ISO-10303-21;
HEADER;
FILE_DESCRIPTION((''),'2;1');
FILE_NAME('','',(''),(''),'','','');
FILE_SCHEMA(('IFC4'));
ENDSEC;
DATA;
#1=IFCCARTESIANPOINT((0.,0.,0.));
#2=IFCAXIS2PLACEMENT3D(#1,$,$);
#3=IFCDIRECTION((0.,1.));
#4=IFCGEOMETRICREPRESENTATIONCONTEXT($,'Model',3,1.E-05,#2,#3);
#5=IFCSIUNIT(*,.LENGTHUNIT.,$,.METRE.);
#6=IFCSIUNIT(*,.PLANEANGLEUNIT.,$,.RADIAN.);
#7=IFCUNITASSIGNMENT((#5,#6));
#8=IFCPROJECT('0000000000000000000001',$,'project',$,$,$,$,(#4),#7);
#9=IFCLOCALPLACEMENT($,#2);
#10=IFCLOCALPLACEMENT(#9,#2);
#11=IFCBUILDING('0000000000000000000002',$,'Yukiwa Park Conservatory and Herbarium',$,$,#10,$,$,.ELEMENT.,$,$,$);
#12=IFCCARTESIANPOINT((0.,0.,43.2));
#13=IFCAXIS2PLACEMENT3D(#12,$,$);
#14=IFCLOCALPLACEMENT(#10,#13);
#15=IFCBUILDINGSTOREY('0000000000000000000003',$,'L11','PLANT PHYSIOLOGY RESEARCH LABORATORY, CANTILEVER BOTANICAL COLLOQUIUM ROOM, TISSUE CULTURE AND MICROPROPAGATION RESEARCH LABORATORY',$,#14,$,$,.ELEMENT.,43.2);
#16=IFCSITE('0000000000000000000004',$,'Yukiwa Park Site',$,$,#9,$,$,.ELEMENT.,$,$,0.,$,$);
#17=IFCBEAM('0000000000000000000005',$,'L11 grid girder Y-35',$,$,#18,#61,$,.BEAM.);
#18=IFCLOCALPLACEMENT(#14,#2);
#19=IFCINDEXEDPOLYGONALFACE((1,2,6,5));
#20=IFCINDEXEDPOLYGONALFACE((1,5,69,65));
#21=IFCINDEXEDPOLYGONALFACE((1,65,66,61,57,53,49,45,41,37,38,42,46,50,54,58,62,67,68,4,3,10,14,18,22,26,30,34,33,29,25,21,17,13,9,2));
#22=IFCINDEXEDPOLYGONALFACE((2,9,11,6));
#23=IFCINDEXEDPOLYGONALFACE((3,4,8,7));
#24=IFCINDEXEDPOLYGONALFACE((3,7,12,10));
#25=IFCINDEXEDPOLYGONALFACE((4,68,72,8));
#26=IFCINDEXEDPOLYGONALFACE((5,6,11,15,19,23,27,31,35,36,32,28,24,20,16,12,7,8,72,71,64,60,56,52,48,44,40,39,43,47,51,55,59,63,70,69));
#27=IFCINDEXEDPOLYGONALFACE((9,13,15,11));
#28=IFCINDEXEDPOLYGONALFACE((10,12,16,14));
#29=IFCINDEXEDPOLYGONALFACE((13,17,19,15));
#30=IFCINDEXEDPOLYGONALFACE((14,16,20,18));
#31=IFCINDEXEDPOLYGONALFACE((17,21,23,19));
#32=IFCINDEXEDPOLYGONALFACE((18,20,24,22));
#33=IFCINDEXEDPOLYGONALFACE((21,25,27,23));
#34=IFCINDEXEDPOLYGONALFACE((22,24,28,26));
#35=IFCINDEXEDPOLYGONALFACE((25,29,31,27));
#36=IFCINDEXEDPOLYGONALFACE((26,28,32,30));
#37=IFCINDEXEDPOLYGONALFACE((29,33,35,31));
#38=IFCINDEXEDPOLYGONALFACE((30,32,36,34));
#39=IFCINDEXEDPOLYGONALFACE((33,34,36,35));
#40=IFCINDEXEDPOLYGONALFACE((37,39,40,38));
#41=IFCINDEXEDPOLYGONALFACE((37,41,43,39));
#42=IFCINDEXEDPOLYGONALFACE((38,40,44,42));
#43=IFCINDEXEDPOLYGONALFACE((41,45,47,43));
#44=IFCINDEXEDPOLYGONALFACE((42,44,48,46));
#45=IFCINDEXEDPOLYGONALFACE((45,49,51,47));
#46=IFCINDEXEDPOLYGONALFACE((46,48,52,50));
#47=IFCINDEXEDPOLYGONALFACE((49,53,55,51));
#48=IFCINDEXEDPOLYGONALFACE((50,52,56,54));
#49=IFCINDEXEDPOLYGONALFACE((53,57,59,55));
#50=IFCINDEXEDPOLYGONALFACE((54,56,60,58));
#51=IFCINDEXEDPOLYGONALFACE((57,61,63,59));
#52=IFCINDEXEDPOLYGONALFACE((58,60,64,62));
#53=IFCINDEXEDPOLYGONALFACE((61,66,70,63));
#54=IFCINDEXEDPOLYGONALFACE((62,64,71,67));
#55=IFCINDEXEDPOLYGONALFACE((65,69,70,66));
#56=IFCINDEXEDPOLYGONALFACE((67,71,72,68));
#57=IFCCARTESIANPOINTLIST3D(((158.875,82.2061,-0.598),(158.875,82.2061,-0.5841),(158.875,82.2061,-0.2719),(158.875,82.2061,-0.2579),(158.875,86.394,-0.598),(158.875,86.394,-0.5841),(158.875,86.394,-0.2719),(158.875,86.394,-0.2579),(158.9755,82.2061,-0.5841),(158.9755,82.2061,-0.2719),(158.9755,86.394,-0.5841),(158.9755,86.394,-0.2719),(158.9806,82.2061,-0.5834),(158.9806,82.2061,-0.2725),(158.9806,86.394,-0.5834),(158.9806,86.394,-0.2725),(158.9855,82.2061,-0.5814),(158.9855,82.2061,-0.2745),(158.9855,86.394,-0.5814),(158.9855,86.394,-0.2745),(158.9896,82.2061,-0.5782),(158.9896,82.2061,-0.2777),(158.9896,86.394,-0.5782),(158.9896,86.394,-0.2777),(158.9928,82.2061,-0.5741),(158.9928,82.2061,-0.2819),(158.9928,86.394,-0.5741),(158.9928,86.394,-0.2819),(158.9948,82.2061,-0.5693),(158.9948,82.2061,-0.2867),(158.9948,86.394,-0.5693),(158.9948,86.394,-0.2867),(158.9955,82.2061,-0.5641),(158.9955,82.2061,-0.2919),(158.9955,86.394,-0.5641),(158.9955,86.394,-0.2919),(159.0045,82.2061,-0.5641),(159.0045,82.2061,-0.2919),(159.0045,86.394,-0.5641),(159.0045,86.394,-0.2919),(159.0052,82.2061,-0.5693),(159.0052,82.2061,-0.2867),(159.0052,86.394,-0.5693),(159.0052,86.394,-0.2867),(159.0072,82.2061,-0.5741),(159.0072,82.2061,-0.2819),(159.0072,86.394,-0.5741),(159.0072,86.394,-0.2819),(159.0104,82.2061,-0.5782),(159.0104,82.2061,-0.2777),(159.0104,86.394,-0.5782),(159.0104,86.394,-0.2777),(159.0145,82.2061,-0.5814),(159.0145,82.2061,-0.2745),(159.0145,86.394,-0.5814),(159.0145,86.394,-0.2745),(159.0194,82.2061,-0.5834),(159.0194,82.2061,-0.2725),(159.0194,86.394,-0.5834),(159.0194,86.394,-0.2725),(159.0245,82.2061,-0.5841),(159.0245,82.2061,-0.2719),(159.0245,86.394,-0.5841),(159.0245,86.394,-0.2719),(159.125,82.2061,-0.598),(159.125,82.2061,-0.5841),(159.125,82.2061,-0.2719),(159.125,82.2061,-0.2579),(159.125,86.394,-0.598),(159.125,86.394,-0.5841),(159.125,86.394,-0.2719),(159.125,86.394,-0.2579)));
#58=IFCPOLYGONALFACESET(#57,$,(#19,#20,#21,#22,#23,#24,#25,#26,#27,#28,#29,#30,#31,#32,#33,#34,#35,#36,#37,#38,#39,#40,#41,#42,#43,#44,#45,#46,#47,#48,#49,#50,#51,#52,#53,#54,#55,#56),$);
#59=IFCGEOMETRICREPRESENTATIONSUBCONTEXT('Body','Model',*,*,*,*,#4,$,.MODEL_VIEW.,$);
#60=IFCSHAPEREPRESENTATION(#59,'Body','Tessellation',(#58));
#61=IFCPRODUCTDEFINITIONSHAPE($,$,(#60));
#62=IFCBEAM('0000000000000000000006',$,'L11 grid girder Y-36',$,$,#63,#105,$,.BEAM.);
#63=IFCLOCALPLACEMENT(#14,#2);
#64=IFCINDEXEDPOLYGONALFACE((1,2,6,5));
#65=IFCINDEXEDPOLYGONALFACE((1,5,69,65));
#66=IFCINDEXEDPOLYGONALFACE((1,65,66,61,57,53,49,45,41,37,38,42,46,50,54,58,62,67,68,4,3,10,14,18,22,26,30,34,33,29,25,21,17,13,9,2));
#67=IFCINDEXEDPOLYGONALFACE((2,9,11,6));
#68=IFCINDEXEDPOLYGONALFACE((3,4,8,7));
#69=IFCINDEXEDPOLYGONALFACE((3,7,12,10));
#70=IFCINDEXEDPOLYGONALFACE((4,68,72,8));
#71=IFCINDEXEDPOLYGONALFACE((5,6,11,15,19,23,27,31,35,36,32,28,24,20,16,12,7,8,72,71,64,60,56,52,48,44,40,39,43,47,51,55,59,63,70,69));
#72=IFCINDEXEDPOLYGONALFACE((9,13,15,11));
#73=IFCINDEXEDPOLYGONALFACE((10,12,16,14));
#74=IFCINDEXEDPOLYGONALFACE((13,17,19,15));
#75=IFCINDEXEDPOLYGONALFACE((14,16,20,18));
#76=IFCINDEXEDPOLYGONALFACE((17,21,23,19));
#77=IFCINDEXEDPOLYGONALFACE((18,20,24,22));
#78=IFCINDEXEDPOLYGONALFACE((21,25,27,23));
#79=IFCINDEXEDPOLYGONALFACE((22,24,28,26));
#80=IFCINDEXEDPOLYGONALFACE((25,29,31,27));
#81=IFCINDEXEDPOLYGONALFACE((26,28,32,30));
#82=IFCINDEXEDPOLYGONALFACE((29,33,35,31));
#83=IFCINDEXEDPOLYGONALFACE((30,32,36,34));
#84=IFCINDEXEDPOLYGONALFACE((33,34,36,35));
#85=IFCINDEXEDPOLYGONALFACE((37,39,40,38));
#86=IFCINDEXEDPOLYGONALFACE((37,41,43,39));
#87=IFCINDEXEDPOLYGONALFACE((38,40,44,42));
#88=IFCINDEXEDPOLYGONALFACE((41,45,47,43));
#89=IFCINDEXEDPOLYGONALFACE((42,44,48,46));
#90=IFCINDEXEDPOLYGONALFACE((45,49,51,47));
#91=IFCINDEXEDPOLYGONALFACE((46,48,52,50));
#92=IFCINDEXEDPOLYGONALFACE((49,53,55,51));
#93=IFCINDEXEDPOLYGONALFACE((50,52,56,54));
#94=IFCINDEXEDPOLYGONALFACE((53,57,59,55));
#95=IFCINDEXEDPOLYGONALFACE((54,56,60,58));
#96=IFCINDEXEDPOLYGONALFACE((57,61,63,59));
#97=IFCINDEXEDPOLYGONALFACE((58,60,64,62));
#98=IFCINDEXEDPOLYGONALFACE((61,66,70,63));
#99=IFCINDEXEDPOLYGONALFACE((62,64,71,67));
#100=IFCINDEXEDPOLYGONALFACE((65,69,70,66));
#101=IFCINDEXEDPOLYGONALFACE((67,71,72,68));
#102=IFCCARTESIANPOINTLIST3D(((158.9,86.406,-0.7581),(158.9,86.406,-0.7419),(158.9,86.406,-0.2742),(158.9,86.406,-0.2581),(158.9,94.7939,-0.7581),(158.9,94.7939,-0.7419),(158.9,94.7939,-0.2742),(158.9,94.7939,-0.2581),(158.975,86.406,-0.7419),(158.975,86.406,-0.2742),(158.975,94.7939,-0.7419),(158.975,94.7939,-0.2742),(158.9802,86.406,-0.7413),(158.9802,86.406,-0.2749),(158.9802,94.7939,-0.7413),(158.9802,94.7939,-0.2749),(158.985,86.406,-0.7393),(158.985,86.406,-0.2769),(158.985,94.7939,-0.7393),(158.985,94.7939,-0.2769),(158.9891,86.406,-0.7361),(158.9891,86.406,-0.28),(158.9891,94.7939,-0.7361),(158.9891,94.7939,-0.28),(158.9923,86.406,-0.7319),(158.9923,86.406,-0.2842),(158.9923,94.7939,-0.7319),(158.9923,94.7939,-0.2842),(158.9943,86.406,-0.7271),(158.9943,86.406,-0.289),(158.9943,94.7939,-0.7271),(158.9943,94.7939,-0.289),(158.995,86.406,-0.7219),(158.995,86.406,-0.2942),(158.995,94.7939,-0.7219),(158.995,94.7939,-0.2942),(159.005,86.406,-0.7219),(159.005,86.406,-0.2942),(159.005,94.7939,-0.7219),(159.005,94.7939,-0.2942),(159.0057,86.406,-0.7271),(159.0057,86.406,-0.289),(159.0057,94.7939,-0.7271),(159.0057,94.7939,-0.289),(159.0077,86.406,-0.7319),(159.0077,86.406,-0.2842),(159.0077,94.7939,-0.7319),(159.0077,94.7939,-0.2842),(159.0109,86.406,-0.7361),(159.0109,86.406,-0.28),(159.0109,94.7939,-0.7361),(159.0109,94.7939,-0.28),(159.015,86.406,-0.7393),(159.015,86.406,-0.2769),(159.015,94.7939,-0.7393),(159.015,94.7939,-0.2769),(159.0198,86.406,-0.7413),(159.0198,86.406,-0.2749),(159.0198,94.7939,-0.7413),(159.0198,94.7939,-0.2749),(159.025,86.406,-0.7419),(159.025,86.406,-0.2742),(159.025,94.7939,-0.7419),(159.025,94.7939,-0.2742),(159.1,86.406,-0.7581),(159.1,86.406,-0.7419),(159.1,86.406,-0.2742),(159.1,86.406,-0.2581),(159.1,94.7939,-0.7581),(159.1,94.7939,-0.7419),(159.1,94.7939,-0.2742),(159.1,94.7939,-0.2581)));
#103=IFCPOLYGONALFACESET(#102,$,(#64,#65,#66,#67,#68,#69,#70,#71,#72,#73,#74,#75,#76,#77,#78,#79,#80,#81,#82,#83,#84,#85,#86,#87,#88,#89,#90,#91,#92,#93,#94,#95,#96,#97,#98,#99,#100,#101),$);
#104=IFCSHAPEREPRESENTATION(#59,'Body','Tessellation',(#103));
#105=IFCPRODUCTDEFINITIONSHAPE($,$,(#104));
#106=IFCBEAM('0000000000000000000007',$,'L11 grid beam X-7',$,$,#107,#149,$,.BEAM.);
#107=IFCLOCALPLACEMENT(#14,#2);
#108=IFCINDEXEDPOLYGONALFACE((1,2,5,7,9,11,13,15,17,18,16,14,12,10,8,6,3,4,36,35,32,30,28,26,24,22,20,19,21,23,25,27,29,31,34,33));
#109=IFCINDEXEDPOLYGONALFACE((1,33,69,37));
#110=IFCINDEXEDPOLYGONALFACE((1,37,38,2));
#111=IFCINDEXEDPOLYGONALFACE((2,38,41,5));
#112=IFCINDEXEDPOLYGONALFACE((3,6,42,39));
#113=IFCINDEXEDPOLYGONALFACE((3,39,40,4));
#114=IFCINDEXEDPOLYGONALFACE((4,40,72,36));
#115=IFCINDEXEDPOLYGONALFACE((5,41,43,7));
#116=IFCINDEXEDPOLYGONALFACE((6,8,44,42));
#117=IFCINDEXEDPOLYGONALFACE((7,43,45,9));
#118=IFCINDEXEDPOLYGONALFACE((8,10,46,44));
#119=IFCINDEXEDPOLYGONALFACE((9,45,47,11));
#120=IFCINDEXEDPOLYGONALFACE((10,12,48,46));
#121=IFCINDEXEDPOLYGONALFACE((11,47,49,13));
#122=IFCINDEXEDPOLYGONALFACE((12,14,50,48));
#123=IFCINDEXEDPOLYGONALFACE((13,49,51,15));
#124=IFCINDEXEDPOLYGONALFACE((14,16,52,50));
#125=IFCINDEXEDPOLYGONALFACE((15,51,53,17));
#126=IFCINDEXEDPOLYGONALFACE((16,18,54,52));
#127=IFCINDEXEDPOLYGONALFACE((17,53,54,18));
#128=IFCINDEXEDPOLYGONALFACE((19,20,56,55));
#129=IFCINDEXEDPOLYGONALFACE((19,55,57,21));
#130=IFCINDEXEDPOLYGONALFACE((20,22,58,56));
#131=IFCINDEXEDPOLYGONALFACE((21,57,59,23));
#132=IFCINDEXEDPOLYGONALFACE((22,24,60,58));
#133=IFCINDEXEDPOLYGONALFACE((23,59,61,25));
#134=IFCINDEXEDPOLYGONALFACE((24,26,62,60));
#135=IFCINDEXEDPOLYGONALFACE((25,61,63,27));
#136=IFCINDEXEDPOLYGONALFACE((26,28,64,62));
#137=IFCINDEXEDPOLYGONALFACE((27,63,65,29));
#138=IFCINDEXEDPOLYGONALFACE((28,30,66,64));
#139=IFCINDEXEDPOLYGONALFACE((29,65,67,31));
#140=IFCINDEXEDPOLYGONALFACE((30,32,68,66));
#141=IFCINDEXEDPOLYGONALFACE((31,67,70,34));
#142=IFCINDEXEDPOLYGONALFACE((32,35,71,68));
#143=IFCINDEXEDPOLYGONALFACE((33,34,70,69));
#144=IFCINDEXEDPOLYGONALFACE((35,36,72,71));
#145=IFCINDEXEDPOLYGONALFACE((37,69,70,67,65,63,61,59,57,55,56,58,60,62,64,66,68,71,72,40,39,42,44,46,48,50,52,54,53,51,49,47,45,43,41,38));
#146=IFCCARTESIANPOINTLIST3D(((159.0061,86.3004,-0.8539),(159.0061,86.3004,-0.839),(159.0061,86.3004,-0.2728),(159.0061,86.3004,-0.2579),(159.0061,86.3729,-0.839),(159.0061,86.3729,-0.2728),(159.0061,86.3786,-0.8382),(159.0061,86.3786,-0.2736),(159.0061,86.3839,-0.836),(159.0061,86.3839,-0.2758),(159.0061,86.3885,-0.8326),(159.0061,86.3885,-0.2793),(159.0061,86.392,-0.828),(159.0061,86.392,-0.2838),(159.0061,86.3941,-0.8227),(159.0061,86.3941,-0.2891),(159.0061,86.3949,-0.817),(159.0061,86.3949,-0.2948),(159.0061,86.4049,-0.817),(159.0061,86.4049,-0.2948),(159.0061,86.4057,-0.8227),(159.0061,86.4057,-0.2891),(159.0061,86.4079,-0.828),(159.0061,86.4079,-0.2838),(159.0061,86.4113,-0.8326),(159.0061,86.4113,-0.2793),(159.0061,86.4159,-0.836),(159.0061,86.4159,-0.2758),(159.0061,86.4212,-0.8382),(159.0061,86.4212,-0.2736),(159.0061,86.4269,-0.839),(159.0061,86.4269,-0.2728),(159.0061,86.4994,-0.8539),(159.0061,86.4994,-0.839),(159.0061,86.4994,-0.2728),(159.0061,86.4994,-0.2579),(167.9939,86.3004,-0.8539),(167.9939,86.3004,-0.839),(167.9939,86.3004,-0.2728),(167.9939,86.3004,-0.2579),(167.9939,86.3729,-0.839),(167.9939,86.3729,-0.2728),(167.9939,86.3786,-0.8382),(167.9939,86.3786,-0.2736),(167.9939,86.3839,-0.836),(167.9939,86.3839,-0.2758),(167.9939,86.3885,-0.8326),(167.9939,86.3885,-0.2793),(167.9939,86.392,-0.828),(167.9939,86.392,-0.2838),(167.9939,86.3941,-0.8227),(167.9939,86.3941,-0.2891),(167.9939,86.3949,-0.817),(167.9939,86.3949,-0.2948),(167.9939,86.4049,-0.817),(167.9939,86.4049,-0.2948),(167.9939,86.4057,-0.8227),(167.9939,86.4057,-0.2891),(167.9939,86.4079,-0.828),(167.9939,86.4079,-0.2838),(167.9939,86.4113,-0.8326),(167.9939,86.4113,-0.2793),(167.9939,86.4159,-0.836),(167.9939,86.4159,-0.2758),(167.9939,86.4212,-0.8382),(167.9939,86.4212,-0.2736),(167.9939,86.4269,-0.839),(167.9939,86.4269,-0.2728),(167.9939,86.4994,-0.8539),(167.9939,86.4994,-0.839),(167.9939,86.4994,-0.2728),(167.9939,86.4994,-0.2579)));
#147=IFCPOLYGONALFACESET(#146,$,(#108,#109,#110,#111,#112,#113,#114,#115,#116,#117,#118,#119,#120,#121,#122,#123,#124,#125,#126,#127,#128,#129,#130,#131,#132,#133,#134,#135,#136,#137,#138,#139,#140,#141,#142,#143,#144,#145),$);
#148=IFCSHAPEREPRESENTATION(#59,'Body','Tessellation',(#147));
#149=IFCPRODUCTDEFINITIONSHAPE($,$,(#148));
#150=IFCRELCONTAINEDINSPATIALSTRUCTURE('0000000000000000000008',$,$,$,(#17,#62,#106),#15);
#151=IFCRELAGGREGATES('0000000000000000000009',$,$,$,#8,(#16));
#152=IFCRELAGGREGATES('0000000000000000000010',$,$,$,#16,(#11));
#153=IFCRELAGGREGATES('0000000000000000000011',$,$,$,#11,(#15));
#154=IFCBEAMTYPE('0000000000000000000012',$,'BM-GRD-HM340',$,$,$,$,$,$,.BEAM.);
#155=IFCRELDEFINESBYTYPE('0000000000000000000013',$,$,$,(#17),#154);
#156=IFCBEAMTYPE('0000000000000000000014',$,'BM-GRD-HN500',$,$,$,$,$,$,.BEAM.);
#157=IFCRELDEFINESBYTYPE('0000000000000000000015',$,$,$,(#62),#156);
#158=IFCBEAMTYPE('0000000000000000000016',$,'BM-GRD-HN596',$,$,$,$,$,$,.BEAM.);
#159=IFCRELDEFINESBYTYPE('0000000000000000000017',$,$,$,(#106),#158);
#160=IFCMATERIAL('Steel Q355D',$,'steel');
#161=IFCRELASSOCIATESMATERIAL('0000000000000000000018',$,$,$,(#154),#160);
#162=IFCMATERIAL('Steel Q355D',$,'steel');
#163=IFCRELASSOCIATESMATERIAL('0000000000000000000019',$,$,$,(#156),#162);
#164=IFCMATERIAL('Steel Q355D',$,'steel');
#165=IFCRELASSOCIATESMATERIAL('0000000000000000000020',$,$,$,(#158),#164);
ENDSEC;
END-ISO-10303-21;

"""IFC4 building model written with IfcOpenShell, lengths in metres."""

from ifc_helpers import new_model, si_unit, direction, frame, origin, origin_2d, place, context, subcontext, project, spatial, i_section, extrude, material, material_profile, profile_set, type_object, element, save


model = new_model("IFC4")

# Units and contexts
model_context = context("Model", 3, precision=1e-05, world=origin(), true_north=direction((0.0, 1.0)))
body_context = subcontext(model_context, "Body", "Model", "MODEL_VIEW")
ifc_project = project(units=[si_unit("LENGTHUNIT", "METRE"), si_unit("PLANEANGLEUNIT", "RADIAN")], contexts=[model_context])

# Site, building, storey
site_placement = place(None, origin())
site = spatial("IfcSite", under=ifc_project, at=site_placement, Name="Yukiwa Park Site", CompositionType="ELEMENT", RefElevation=0.0)
building_placement = place(site_placement, origin())
building = spatial("IfcBuilding", under=site, at=building_placement, Name="Yukiwa Park Conservatory and Herbarium", CompositionType="ELEMENT")
storey_placement = place(building_placement, frame((0.0, 0.0, 43.2)))
storey = spatial("IfcBuildingStorey", under=building, at=storey_placement, Name="L11", Description="PLANT PHYSIOLOGY RESEARCH LABORATORY, CANTILEVER BOTANICAL COLLOQUIUM ROOM, TISSUE CULTURE AND MICROPROPAGATION RESEARCH LABORATORY", CompositionType="ELEMENT", Elevation=43.2)

# Beams
ifc_material_1 = material(Name="Steel Q355D", Category="steel")
ifc_material_profile_1 = material_profile(ifc_material_1, i_section(OverallWidth=0.25, OverallDepth=0.3401, WebThickness=0.009, FlangeThickness=0.0139, FilletRadius=0.02, at=origin_2d()), Name="HM 340x250x9x14")
ifc_profile_set_1 = profile_set([ifc_material_profile_1], Name="Steel Q355D")
beam_type_1 = type_object("IfcBeamType", Name="BM-GRD-HM340", PredefinedType="BEAM", material=ifc_profile_set_1)
beam_1_placement = place(storey_placement, frame((159.0, 82.2061, -0.428), z_axis=(0.0, 1.0, 0.0), x_axis=(-1.0, 0.0, 0.0)))
element("IfcBeam", 1, at=beam_1_placement, inside=storey, type_object=beam_type_1, Name="L11 grid girder Y-35", PredefinedType="BEAM", context=body_context, shape_type="SweptSolid", body=[
    extrude(i_section(OverallWidth=0.25, OverallDepth=0.3401, WebThickness=0.009, FlangeThickness=0.0139, FilletRadius=0.02, at=origin_2d()), origin(), (0.0, 0.0, 1.0), 4.188),
])
ifc_material_2 = material(Name="Steel Q355D", Category="steel")
ifc_material_profile_2 = material_profile(ifc_material_2, i_section(OverallWidth=0.2, OverallDepth=0.5, WebThickness=0.01, FlangeThickness=0.0161, FilletRadius=0.02, at=origin_2d()), Name="HN 500x200x10x16")
ifc_profile_set_2 = profile_set([ifc_material_profile_2], Name="Steel Q355D")
beam_type_2 = type_object("IfcBeamType", Name="BM-GRD-HN500", PredefinedType="BEAM", material=ifc_profile_set_2)
beam_2_placement = place(storey_placement, frame((159.0, 86.406, -0.5081), z_axis=(0.0, 1.0, 0.0), x_axis=(-1.0, 0.0, 0.0)))
element("IfcBeam", 2, at=beam_2_placement, inside=storey, type_object=beam_type_2, Name="L11 grid girder Y-36", PredefinedType="BEAM", context=body_context, shape_type="SweptSolid", body=[
    extrude(i_section(OverallWidth=0.2, OverallDepth=0.5, WebThickness=0.01, FlangeThickness=0.0161, FilletRadius=0.02, at=origin_2d()), origin(), (0.0, 0.0, 1.0), 8.3879),
])
ifc_material_3 = material(Name="Steel Q355D", Category="steel")
ifc_material_profile_3 = material_profile(ifc_material_3, i_section(OverallWidth=0.199, OverallDepth=0.5959, WebThickness=0.01, FlangeThickness=0.0149, FilletRadius=0.022, at=origin_2d()), Name="HN 596x199x10x15")
ifc_profile_set_3 = profile_set([ifc_material_profile_3], Name="Steel Q355D")
beam_type_3 = type_object("IfcBeamType", Name="BM-GRD-HN596", PredefinedType="BEAM", material=ifc_profile_set_3)
beam_3_placement = place(storey_placement, frame((159.0061, 86.3999, -0.5559), z_axis=(1.0, 0.0, 0.0), x_axis=(0.0, 1.0, 0.0)))
element("IfcBeam", 3, at=beam_3_placement, inside=storey, type_object=beam_type_3, Name="L11 grid beam X-7", PredefinedType="BEAM", context=body_context, shape_type="SweptSolid", body=[
    extrude(i_section(OverallWidth=0.199, OverallDepth=0.5959, WebThickness=0.01, FlangeThickness=0.0149, FilletRadius=0.022, at=origin_2d()), origin(), (0.0, 0.0, 1.0), 8.9878),
])

save(model, "model.ifc")
